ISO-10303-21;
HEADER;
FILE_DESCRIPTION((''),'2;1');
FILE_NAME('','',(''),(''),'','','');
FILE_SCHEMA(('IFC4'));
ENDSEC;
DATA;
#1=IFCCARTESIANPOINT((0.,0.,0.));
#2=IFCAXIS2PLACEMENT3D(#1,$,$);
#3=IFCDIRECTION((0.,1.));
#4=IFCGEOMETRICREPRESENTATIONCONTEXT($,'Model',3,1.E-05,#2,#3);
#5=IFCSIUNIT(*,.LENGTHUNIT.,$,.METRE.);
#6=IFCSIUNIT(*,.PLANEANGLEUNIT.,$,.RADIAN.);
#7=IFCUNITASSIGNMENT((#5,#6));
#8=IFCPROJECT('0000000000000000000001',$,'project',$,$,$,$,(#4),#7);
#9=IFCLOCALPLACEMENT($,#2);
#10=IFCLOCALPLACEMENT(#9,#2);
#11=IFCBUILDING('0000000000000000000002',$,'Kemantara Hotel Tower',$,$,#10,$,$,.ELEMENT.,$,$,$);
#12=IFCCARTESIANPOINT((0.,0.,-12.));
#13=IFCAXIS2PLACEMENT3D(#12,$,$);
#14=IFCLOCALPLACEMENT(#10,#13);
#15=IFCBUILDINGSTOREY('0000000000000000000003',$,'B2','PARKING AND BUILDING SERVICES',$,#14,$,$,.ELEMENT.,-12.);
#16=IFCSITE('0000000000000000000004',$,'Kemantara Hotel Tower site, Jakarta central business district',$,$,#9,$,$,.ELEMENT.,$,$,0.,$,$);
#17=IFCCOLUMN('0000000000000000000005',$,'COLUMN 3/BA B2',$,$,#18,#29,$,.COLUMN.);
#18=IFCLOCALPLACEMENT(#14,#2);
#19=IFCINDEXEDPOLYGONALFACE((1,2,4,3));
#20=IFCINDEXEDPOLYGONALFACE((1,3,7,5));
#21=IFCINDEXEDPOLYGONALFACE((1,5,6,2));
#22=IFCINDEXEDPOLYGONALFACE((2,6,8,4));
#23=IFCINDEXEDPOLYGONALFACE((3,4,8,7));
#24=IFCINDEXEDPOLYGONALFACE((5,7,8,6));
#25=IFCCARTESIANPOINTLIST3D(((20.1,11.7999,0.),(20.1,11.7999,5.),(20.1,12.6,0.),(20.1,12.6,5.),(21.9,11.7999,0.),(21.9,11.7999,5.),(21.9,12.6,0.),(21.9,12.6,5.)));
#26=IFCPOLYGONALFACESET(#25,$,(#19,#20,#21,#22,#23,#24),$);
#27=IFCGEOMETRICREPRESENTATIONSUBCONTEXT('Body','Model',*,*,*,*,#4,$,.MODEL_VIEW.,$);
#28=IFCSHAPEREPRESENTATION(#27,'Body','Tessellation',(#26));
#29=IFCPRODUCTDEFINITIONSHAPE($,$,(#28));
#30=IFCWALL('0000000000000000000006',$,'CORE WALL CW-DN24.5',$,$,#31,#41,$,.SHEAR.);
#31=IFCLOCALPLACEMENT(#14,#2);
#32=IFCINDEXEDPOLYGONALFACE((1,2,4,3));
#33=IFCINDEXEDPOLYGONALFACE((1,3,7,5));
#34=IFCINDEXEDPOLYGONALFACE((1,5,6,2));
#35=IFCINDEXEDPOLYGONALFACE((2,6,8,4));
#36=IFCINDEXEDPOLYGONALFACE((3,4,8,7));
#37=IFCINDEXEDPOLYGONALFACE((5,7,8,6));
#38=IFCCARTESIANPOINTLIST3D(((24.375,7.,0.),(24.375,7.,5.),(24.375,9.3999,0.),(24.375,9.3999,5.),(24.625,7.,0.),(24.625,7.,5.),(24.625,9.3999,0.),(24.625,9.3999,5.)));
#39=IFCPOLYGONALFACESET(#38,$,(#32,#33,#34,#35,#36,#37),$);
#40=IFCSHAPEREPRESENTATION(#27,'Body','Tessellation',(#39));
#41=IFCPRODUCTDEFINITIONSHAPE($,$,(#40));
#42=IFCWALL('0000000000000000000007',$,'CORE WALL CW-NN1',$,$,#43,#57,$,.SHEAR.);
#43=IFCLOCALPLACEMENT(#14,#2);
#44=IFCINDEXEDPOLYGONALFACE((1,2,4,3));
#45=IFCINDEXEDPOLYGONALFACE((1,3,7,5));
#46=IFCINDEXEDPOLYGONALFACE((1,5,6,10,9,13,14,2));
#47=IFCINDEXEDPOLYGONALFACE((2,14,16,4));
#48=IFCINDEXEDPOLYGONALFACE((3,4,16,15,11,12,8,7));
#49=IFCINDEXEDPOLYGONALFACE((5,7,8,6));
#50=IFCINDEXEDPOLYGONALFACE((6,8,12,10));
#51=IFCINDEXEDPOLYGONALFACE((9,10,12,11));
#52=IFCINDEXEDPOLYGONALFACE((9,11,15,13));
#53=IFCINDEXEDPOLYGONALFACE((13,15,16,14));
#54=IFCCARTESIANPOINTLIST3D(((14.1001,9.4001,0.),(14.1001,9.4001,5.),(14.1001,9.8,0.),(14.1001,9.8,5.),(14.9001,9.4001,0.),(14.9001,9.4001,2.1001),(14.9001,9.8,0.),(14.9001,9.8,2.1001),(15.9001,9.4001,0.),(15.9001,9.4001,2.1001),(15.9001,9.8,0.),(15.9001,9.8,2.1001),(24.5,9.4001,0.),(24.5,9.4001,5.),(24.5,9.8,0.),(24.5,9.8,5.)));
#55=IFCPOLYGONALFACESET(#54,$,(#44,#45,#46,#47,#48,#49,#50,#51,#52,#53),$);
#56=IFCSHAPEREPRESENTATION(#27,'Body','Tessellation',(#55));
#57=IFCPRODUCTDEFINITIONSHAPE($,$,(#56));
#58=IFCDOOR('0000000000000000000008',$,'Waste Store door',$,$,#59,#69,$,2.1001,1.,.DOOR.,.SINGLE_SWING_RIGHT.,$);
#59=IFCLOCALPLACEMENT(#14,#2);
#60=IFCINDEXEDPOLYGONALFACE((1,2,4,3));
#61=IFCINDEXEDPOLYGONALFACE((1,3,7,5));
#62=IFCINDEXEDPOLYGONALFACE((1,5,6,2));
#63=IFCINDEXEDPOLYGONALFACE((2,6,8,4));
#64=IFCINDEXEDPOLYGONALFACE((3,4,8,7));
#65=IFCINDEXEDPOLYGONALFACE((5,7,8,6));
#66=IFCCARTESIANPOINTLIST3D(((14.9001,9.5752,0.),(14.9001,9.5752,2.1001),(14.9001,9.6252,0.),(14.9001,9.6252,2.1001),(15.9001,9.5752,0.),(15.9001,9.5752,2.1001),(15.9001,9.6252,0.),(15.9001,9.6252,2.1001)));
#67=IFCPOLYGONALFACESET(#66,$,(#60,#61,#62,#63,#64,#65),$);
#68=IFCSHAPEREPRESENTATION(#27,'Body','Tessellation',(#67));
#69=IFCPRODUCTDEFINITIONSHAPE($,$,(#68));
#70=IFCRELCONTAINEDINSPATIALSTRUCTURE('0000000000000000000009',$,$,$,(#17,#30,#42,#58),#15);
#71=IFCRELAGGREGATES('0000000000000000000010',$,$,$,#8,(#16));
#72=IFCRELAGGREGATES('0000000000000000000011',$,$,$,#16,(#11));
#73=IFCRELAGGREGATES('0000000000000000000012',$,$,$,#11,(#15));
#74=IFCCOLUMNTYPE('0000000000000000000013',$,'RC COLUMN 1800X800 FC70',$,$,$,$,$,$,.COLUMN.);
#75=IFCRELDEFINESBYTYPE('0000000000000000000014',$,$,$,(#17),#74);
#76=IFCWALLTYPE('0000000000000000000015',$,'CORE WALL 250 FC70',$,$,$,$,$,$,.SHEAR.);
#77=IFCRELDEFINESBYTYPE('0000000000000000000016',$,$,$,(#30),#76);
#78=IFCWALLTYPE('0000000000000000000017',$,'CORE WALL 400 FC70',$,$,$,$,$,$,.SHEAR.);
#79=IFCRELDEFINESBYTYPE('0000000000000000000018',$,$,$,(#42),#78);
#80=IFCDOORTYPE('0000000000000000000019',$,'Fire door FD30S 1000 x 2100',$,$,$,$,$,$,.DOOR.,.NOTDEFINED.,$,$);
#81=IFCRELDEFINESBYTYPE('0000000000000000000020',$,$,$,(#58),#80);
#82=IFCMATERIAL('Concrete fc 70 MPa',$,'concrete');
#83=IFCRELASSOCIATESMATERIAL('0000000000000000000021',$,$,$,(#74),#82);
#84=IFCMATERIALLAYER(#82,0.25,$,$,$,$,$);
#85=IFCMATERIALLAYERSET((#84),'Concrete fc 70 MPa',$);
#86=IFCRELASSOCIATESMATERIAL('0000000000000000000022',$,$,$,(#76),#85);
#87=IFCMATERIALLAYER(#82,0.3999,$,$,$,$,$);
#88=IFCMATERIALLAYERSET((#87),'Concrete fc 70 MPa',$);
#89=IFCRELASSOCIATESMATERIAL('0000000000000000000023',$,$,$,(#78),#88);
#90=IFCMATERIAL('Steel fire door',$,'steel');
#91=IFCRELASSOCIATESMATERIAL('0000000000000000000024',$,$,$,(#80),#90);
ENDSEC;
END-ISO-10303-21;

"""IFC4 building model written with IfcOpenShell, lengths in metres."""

from ifc_helpers import new_model, si_unit, direction, frame, frame_2d, origin, origin_2d, place, context, subcontext, project, spatial, rectangle, extrude, material, layer, layer_set, material_profile, profile_set, type_object, element, fill, save


model = new_model("IFC4")

# Units and contexts
model_context = context("Model", 3, precision=1e-05, world=origin(), true_north=direction((0.0, 1.0)))
body_context = subcontext(model_context, "Body", "Model", "MODEL_VIEW")
ifc_project = project(units=[si_unit("LENGTHUNIT", "METRE"), si_unit("PLANEANGLEUNIT", "RADIAN")], contexts=[model_context])

# Site, building, storey
site_placement = place(None, origin())
site = spatial("IfcSite", under=ifc_project, at=site_placement, Name="Kemantara Hotel Tower site, Jakarta central business district", CompositionType="ELEMENT", RefElevation=0.0)
building_placement = place(site_placement, origin())
building = spatial("IfcBuilding", under=site, at=building_placement, Name="Kemantara Hotel Tower", CompositionType="ELEMENT")
storey_placement = place(building_placement, frame((0.0, 0.0, -12.0)))
storey = spatial("IfcBuildingStorey", under=building, at=storey_placement, Name="B2", Description="PARKING AND BUILDING SERVICES", CompositionType="ELEMENT", Elevation=-12.0)

# Column
ifc_material_1 = material(Name="Concrete fc 70 MPa", Category="concrete")
ifc_material_profile = material_profile(ifc_material_1, rectangle(XDim=1.8, YDim=0.8, at=origin_2d()), Name="RC 1800X800")
ifc_profile_set = profile_set([ifc_material_profile], Name="Concrete fc 70 MPa")
column_type = type_object("IfcColumnType", Name="RC COLUMN 1800X800 FC70", PredefinedType="COLUMN", material=ifc_profile_set)
column_placement = place(storey_placement, frame((21.0, 12.2, 0.0), z_axis=(0.0, 0.0, 1.0), x_axis=(1.0, 0.0, 0.0)))
element("IfcColumn", 1, at=column_placement, inside=storey, type_object=column_type, Name="COLUMN 3/BA B2", PredefinedType="COLUMN", context=body_context, shape_type="SweptSolid", body=[
    extrude(rectangle(XDim=1.8, YDim=0.8, at=origin_2d()), origin(), (0.0, 0.0, 1.0), 5.0),
])

# Wall
ifc_layer_1 = layer(ifc_material_1, 0.25)
ifc_layer_set_1 = layer_set([ifc_layer_1], Name="Concrete fc 70 MPa")
wall_type_1 = type_object("IfcWallType", Name="CORE WALL 250 FC70", PredefinedType="SHEAR", material=ifc_layer_set_1)
wall_1_placement = place(storey_placement, frame((24.5, 7.0, 0.0), z_axis=(0.0, 0.0, 1.0), x_axis=(0.0, 1.0, 0.0)))
element("IfcWall", 2, at=wall_1_placement, inside=storey, type_object=wall_type_1, Name="CORE WALL CW-DN24.5", PredefinedType="SHEAR", context=body_context, shape_type="SweptSolid", body=[
    extrude(rectangle(XDim=2.3999, YDim=0.25, at=frame_2d((1.2, 0.0))), origin(), (0.0, 0.0, 1.0), 5.0),
])

# Wall, opening, door
ifc_layer_2 = layer(ifc_material_1, 0.3999)
ifc_layer_set_2 = layer_set([ifc_layer_2], Name="Concrete fc 70 MPa")
wall_type_2 = type_object("IfcWallType", Name="CORE WALL 400 FC70", PredefinedType="SHEAR", material=ifc_layer_set_2)
wall_2_placement = place(storey_placement, frame((14.1001, 9.6001, 0.0), z_axis=(0.0, 0.0, 1.0), x_axis=(1.0, 0.0, 0.0)))
wall_2 = element("IfcWall", 3, at=wall_2_placement, inside=storey, type_object=wall_type_2, Name="CORE WALL CW-NN1", PredefinedType="SHEAR", context=body_context, shape_type="SweptSolid", body=[
    extrude(rectangle(XDim=10.3999, YDim=0.3999, at=frame_2d((5.2, 0.0))), origin(), (0.0, 0.0, 1.0), 5.0),
])
opening_1_placement = place(wall_2_placement, frame((0.8, 0.0, 0.0)))
opening_1 = element("IfcOpeningElement", 4, at=opening_1_placement, cuts=wall_2, PredefinedType="OPENING", context=body_context, shape_type="SweptSolid", body=[
    extrude(rectangle(XDim=1.0, YDim=2.1001, at=frame_2d((0.5, 1.05))), frame((0.0, 0.21, 0.0), z_axis=(0.0, -1.0, 0.0), x_axis=(1.0, 0.0, 0.0)), (0.0, 0.0, 1.0), 0.4199),
])
ifc_material_2 = material(Name="Steel fire door", Category="steel")
door_type_1 = type_object("IfcDoorType", Name="Fire door FD30S 1000 x 2100", OperationType="NOTDEFINED", PredefinedType="DOOR", material=ifc_material_2)
door_1_placement = place(opening_1_placement, frame((1.0, 0.0, 0.0), z_axis=(0.0, 0.0, 1.0), x_axis=(-1.0, 0.0, 0.0)))
door_1 = element("IfcDoor", 5, at=door_1_placement, inside=storey, type_object=door_type_1, Name="Waste Store door", OperationType="SINGLE_SWING_RIGHT", OverallHeight=2.1001, OverallWidth=1.0, PredefinedType="DOOR", context=body_context, shape_type="SweptSolid", body=[
    extrude(rectangle(XDim=1.0, YDim=2.1001, at=frame_2d((0.5, 1.05))), frame((0.0, 0.0249, 0.0), z_axis=(0.0, -1.0, 0.0), x_axis=(1.0, 0.0, 0.0)), (0.0, 0.0, 1.0), 0.05),
])
fill(opening_1, door_1)

save(model, "model.ifc")
